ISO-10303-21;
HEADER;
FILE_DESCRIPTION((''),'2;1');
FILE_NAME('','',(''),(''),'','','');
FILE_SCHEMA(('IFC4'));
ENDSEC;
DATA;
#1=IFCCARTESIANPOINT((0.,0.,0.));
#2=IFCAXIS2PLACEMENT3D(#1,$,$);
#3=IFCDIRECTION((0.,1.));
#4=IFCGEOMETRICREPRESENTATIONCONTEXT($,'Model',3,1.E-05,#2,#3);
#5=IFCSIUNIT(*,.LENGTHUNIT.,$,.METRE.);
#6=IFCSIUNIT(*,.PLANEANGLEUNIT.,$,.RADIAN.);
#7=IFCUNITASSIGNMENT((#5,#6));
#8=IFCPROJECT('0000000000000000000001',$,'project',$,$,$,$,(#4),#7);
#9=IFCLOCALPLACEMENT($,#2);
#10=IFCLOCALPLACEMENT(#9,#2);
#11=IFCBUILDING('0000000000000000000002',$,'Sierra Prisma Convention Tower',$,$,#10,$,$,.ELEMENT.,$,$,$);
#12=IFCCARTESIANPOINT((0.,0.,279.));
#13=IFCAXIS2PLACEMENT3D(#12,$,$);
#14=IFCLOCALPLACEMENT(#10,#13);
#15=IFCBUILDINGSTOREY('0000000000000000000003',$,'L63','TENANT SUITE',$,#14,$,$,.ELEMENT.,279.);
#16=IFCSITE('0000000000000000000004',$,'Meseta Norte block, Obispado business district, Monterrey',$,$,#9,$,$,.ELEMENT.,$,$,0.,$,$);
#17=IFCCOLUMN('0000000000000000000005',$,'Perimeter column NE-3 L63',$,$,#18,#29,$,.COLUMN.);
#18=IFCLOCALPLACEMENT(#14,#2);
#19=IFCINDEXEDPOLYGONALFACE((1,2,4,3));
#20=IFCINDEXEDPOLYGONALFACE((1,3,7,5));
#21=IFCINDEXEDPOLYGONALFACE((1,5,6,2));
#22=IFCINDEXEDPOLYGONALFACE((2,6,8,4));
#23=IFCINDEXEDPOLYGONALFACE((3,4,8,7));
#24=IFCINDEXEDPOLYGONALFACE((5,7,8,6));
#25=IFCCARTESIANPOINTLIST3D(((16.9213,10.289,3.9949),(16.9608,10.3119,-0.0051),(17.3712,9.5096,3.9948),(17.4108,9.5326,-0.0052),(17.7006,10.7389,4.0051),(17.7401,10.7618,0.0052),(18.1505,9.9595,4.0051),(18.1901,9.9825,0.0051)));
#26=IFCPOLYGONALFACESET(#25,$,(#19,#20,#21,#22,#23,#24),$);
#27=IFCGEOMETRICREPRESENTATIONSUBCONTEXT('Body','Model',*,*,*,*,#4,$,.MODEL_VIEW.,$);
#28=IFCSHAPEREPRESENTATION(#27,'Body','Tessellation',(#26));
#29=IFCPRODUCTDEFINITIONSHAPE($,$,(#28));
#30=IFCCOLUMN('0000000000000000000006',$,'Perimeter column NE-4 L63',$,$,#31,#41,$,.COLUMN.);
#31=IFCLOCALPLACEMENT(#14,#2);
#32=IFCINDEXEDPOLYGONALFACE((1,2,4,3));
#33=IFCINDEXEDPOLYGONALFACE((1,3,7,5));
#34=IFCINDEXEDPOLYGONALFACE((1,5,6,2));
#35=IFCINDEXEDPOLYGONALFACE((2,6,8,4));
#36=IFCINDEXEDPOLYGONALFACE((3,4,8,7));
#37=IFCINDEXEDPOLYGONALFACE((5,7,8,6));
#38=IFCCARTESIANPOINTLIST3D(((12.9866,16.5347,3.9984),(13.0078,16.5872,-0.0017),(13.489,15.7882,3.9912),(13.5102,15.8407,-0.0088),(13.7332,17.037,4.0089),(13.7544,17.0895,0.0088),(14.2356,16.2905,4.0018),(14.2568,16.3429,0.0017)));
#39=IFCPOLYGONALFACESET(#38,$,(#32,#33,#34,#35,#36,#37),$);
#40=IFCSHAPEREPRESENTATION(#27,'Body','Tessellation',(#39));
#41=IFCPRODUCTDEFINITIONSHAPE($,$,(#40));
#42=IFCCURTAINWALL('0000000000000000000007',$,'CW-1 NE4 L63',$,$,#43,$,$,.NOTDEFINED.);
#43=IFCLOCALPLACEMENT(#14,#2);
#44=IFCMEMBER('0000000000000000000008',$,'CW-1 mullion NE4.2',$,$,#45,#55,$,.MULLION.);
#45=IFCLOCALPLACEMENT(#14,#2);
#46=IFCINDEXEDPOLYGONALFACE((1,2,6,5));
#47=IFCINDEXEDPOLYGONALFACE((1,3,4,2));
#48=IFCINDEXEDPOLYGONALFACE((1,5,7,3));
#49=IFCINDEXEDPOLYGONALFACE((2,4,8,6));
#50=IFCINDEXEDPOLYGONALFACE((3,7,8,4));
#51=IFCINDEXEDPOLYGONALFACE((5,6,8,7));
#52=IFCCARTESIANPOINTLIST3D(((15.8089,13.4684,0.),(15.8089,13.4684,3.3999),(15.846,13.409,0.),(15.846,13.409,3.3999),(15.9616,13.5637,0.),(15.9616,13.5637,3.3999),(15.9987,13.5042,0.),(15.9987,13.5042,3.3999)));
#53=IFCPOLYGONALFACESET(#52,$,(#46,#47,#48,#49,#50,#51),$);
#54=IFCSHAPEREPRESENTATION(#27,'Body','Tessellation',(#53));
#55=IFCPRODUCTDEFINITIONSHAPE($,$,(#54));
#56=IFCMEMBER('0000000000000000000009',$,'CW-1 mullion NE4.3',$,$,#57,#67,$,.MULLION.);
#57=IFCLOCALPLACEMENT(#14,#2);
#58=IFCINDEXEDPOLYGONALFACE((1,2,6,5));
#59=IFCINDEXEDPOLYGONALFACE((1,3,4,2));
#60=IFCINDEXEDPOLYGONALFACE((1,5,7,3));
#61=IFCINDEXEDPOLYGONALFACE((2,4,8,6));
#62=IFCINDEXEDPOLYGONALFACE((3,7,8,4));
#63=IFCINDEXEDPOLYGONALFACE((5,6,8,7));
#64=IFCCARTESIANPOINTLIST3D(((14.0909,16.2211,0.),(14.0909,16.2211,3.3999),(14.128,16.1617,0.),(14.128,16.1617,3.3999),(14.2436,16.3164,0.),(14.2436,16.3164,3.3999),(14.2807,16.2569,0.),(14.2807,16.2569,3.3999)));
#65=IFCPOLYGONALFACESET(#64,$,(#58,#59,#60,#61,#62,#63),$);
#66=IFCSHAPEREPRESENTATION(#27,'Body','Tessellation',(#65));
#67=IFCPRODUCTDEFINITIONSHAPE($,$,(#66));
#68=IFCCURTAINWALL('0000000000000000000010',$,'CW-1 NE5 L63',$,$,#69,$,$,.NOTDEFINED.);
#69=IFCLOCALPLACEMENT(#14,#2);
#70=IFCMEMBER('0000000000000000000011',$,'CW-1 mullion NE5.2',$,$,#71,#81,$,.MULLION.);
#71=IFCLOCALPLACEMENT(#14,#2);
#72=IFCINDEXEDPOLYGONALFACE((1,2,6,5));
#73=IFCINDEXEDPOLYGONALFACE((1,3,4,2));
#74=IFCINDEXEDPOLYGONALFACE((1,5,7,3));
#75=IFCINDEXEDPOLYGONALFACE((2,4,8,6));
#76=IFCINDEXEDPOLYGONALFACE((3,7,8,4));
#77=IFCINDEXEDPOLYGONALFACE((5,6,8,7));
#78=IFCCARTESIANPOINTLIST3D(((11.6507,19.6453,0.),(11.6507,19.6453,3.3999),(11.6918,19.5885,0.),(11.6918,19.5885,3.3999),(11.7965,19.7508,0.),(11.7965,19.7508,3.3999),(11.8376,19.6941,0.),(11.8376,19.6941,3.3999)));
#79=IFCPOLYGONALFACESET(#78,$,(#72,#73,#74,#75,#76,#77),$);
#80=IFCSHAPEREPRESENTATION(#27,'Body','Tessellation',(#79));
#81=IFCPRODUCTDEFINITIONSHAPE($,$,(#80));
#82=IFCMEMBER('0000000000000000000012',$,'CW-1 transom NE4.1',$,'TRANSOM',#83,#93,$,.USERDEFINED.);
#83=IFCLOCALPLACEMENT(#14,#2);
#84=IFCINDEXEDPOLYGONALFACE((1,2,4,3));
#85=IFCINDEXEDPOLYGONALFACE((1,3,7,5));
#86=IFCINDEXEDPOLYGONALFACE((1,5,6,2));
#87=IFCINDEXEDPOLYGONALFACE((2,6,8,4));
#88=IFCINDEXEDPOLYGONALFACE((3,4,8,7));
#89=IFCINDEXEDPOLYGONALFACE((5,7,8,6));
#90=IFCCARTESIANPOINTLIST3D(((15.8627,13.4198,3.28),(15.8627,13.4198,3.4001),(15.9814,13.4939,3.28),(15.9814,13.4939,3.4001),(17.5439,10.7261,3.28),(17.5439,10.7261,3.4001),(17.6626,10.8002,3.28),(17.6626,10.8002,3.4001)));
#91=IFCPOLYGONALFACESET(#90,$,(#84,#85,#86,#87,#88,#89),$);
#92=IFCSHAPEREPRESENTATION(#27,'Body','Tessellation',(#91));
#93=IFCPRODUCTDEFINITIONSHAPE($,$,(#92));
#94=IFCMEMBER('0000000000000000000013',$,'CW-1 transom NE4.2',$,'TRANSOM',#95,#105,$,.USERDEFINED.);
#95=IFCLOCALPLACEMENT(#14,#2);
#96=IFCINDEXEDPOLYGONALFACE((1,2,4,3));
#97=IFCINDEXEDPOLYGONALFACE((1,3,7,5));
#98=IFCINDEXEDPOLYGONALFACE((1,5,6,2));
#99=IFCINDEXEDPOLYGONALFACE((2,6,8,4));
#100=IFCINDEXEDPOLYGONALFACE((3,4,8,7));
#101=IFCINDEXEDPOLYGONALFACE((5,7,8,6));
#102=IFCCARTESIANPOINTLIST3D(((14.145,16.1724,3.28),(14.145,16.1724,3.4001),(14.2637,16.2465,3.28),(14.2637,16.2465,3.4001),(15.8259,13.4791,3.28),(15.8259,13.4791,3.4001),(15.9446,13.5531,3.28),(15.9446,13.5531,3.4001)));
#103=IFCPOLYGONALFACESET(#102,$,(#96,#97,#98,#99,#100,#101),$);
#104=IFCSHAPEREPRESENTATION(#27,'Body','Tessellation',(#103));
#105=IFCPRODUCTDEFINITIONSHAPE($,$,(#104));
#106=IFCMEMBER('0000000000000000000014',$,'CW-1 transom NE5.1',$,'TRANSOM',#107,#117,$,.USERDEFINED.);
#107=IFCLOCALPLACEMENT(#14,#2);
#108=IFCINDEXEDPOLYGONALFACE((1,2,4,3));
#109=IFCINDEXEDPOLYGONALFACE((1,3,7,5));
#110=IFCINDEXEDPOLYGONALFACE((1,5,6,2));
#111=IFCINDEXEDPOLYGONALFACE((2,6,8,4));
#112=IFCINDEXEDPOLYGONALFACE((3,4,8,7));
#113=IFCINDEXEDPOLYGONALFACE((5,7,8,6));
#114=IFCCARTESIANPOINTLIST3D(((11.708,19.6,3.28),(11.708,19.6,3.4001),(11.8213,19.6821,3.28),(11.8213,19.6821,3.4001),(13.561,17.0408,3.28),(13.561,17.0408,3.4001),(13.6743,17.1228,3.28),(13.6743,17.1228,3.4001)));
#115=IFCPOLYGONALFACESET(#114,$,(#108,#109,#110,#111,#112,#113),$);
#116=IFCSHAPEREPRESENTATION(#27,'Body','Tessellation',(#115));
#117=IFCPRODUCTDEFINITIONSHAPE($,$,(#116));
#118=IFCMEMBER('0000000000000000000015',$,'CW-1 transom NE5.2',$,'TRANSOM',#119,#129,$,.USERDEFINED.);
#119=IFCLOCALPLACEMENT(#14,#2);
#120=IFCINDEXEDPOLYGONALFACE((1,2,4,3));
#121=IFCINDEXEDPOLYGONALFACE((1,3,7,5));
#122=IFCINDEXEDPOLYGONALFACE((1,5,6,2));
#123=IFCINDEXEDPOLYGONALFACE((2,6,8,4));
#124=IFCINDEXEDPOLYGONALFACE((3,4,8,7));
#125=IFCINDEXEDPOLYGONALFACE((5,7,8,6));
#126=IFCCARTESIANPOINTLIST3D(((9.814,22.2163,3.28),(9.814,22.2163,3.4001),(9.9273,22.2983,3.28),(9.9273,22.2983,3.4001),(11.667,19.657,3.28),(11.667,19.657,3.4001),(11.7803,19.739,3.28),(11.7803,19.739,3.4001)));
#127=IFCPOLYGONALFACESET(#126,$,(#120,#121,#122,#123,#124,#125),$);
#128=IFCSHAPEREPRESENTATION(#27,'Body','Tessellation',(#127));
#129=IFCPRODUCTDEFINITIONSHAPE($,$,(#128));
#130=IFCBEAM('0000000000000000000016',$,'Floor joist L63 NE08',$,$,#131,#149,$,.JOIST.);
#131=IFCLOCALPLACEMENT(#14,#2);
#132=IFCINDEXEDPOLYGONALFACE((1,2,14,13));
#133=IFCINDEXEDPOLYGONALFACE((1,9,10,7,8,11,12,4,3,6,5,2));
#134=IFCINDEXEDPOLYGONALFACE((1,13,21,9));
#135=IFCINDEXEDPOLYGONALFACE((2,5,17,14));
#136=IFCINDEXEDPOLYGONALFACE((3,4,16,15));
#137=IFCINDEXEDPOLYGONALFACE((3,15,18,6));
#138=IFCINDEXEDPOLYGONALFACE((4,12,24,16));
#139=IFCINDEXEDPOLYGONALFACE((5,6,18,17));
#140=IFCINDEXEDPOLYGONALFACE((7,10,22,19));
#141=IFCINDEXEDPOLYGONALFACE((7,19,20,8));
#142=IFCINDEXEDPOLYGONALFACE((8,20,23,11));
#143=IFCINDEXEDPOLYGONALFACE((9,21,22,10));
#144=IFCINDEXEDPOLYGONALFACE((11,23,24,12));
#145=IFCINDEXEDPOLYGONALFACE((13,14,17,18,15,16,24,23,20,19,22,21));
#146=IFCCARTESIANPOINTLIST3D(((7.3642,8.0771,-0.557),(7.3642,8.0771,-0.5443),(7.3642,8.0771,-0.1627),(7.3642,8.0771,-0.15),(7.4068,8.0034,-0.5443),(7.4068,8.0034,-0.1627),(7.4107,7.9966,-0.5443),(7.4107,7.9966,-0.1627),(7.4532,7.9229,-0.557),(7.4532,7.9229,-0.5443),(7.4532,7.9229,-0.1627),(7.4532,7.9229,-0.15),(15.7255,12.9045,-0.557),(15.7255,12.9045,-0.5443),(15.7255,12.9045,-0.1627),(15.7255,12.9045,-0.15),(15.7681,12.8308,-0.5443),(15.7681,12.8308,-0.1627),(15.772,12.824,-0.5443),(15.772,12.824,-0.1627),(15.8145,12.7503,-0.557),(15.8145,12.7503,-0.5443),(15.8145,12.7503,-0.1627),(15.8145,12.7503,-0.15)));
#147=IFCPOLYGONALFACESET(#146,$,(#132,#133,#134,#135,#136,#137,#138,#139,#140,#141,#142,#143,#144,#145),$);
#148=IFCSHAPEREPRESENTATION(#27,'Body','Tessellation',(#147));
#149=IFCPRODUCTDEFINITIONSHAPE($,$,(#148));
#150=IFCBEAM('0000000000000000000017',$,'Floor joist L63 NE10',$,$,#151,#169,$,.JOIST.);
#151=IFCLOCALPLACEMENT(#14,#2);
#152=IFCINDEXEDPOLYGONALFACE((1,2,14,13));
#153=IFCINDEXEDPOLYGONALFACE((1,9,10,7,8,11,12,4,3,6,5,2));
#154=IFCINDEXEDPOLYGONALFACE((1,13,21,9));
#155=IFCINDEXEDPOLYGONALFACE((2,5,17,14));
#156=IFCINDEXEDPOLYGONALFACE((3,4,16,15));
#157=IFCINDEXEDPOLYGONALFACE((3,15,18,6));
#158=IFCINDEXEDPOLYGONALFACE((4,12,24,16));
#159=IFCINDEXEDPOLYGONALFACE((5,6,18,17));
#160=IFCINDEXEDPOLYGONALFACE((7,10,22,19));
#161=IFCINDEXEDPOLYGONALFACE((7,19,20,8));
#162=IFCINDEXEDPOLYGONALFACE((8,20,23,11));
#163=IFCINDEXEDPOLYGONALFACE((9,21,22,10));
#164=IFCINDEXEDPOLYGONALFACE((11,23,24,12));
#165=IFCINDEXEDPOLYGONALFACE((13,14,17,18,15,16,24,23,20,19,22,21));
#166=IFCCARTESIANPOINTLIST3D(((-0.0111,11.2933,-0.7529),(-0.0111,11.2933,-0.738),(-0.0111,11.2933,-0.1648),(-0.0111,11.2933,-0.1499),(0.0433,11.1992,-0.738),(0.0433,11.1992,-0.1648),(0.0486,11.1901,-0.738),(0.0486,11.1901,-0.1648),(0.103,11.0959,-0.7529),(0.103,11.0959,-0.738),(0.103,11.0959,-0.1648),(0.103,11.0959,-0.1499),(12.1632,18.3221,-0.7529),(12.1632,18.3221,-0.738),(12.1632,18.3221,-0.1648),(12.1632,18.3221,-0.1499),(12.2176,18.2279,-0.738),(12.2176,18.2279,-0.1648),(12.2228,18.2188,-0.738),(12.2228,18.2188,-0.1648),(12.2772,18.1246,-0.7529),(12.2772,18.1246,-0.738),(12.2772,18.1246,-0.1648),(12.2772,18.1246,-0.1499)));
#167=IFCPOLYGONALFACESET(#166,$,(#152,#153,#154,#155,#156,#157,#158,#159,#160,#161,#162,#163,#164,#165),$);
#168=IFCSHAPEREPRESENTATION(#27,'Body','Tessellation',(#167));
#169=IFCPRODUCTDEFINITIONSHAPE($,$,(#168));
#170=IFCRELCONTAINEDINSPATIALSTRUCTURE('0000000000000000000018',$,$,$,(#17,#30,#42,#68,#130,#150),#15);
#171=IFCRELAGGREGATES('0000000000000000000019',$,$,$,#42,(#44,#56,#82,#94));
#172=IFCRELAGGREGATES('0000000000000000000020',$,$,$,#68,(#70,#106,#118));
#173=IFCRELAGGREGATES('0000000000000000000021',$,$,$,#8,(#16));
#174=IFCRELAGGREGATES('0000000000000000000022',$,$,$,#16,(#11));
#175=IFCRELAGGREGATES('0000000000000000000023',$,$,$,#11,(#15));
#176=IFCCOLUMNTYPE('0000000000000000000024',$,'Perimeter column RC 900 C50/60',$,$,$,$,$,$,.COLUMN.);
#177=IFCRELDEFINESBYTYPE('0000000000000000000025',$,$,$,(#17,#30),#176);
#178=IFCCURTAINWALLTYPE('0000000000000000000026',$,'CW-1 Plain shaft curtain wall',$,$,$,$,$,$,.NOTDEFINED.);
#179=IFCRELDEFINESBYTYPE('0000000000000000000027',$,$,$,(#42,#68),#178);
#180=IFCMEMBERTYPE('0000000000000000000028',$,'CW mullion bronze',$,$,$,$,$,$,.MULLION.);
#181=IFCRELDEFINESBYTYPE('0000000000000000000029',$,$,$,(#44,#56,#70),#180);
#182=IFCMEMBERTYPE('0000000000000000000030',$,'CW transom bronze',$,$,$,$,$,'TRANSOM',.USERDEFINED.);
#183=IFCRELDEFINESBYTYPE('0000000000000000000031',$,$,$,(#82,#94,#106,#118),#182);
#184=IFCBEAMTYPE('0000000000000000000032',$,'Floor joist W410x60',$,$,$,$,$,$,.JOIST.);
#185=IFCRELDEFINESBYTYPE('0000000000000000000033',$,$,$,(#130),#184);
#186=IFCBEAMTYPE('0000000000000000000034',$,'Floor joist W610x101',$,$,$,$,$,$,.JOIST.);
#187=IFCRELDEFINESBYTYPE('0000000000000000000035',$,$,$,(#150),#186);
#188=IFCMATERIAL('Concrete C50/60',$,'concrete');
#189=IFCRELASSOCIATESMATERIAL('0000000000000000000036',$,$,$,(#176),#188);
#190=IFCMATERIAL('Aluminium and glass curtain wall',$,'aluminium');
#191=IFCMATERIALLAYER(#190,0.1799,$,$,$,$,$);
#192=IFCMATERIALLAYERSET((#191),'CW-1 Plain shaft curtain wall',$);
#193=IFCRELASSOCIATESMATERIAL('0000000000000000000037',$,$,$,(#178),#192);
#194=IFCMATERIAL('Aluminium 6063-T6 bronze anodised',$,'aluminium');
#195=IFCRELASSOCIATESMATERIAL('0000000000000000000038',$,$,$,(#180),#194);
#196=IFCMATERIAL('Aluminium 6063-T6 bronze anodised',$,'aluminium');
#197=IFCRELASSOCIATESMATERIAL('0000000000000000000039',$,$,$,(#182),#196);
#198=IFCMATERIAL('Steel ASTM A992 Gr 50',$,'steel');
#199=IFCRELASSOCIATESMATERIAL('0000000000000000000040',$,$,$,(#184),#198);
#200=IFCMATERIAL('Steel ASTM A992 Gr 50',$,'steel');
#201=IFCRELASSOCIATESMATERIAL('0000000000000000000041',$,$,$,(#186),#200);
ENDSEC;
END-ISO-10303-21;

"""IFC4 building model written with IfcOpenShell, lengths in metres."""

from ifc_helpers import new_model, si_unit, direction, frame, origin, origin_2d, place, context, subcontext, project, spatial, rectangle, i_section, extrude, material, layer, layer_set, material_profile, profile_set, type_object, element, aggregate, save


model = new_model("IFC4")

# Units and contexts
model_context = context("Model", 3, precision=1e-05, world=origin(), true_north=direction((0.0, 1.0)))
body_context = subcontext(model_context, "Body", "Model", "MODEL_VIEW")
ifc_project = project(units=[si_unit("LENGTHUNIT", "METRE"), si_unit("PLANEANGLEUNIT", "RADIAN")], contexts=[model_context])

# Site, building, storey
site_placement = place(None, origin())
site = spatial("IfcSite", under=ifc_project, at=site_placement, Name="Meseta Norte block, Obispado business district, Monterrey", CompositionType="ELEMENT", RefElevation=0.0)
building_placement = place(site_placement, origin())
building = spatial("IfcBuilding", under=site, at=building_placement, Name="Sierra Prisma Convention Tower", CompositionType="ELEMENT")
storey_placement = place(building_placement, frame((0.0, 0.0, 279.0)))
storey = spatial("IfcBuildingStorey", under=building, at=storey_placement, Name="L63", Description="TENANT SUITE", CompositionType="ELEMENT", Elevation=279.0)

# Columns
ifc_material_1 = material(Name="Concrete C50/60", Category="concrete")
ifc_material_profile_1 = material_profile(ifc_material_1, rectangle(XDim=0.8999, YDim=0.8999, at=origin_2d()), Name="Perimeter column RC 900 C50/60")
ifc_profile_set_1 = profile_set([ifc_material_profile_1], Name="Concrete C50/60")
column_type = type_object("IfcColumnType", Name="Perimeter column RC 900 C50/60", PredefinedType="COLUMN", material=ifc_profile_set_1)
column_1_placement = place(storey_placement, frame((17.5754, 10.1472, 0.0), z_axis=(-0.009887, -0.005737, 0.999935), x_axis=(-0.499976, 0.86604, 0.000025)))
element("IfcColumn", 1, at=column_1_placement, inside=storey, type_object=column_type, Name="Perimeter column NE-3 L63", PredefinedType="COLUMN", context=body_context, shape_type="SweptSolid", body=[
    extrude(rectangle(XDim=0.8999, YDim=0.8999, at=origin_2d()), origin(), (0.0, 0.0, 1.0), 4.0002),
])
column_2_placement = place(storey_placement, frame((13.6323, 16.4651, 0.0), z_axis=(-0.00531, -0.013121, 0.9999), x_axis=(-0.55826, 0.829628, 0.007922)))
element("IfcColumn", 2, at=column_2_placement, inside=storey, type_object=column_type, Name="Perimeter column NE-4 L63", PredefinedType="COLUMN", context=body_context, shape_type="SweptSolid", body=[
    extrude(rectangle(XDim=0.8999, YDim=0.8999, at=origin_2d()), origin(), (0.0, 0.0, 1.0), 4.0005),
])

# Curtain wall, members
ifc_material_2 = material(Name="Aluminium and glass curtain wall", Category="aluminium")
ifc_layer_1 = layer(ifc_material_2, 0.1799)
ifc_layer_set_1 = layer_set([ifc_layer_1], Name="CW-1 Plain shaft curtain wall")
curtain_wall_type = type_object("IfcCurtainWallType", Name="CW-1 Plain shaft curtain wall", PredefinedType="NOTDEFINED", material=ifc_layer_set_1)
curtain_wall_1_placement = place(storey_placement, origin())
curtain_wall_1 = element("IfcCurtainWall", 3, at=curtain_wall_1_placement, inside=storey, type_object=curtain_wall_type, Name="CW-1 NE4 L63", PredefinedType="NOTDEFINED")
ifc_material_3 = material(Name="Aluminium 6063-T6 bronze anodised", Category="aluminium")
ifc_material_profile_2 = material_profile(ifc_material_3, rectangle(XDim=0.1799, YDim=0.0701, at=origin_2d()), Name="ALU MULLION 70x180")
ifc_profile_set_2 = profile_set([ifc_material_profile_2], Name="Aluminium 6063-T6 bronze anodised")
member_type_1 = type_object("IfcMemberType", Name="CW mullion bronze", PredefinedType="MULLION", material=ifc_profile_set_2)
member_1_placement = place(storey_placement, frame((15.9038, 13.4863, 0.0), z_axis=(0.0, 0.0, 1.0), x_axis=(-0.848343, -0.529446, 0.0)))
member_1 = element("IfcMember", 4, at=member_1_placement, type_object=member_type_1, Name="CW-1 mullion NE4.2", PredefinedType="MULLION", context=body_context, shape_type="SweptSolid", body=[
    extrude(rectangle(XDim=0.1799, YDim=0.0701, at=origin_2d()), origin(), (0.0, 0.0, 1.0), 3.3999),
])
member_2_placement = place(storey_placement, frame((14.1858, 16.239, 0.0), z_axis=(0.0, 0.0, 1.0), x_axis=(-0.848343, -0.529446, 0.0)))
member_2 = element("IfcMember", 5, at=member_2_placement, type_object=member_type_1, Name="CW-1 mullion NE4.3", PredefinedType="MULLION", context=body_context, shape_type="SweptSolid", body=[
    extrude(rectangle(XDim=0.1799, YDim=0.0701, at=origin_2d()), origin(), (0.0, 0.0, 1.0), 3.3999),
])

# Curtain wall, member
curtain_wall_2_placement = place(storey_placement, origin())
curtain_wall_2 = element("IfcCurtainWall", 6, at=curtain_wall_2_placement, inside=storey, type_object=curtain_wall_type, Name="CW-1 NE5 L63", PredefinedType="NOTDEFINED")
member_3_placement = place(storey_placement, frame((11.7441, 19.6697, 0.0), z_axis=(0.0, 0.0, 1.0), x_axis=(-0.809999, -0.586431, 0.0)))
member_3 = element("IfcMember", 7, at=member_3_placement, type_object=member_type_1, Name="CW-1 mullion NE5.2", PredefinedType="MULLION", context=body_context, shape_type="SweptSolid", body=[
    extrude(rectangle(XDim=0.1799, YDim=0.0701, at=origin_2d()), origin(), (0.0, 0.0, 1.0), 3.3999),
])

# Members
ifc_material_4 = material(Name="Aluminium 6063-T6 bronze anodised", Category="aluminium")
ifc_material_profile_3 = material_profile(ifc_material_4, rectangle(XDim=0.1399, YDim=0.1201, at=origin_2d()), Name="ALU TRANSOM 120x140")
ifc_profile_set_3 = profile_set([ifc_material_profile_3], Name="Aluminium 6063-T6 bronze anodised")
member_type_2 = type_object("IfcMemberType", Name="CW transom bronze", ElementType="TRANSOM", PredefinedType="USERDEFINED", material=ifc_profile_set_3)
member_4_placement = place(storey_placement, frame((17.6033, 10.7632, 3.3401), z_axis=(-0.529467, 0.848331, 0.0), x_axis=(-0.848331, -0.529467, 0.0)))
member_4 = element("IfcMember", 8, at=member_4_placement, type_object=member_type_2, Name="CW-1 transom NE4.1", ObjectType="TRANSOM", PredefinedType="USERDEFINED", context=body_context, shape_type="SweptSolid", body=[
    extrude(rectangle(XDim=0.1399, YDim=0.1201, at=origin_2d()), origin(), (0.0, 0.0, 1.0), 3.1753),
])
member_5_placement = place(storey_placement, frame((15.8853, 13.5161, 3.3401), z_axis=(-0.529446, 0.848344, 0.0), x_axis=(-0.848344, -0.529446, 0.0)))
member_5 = element("IfcMember", 9, at=member_5_placement, type_object=member_type_2, Name="CW-1 transom NE4.2", ObjectType="TRANSOM", PredefinedType="USERDEFINED", context=body_context, shape_type="SweptSolid", body=[
    extrude(rectangle(XDim=0.1399, YDim=0.1201, at=origin_2d()), origin(), (0.0, 0.0, 1.0), 3.1748),
])
member_6_placement = place(storey_placement, frame((13.6177, 17.0818, 3.3401), z_axis=(-0.586452, 0.809984, 0.0), x_axis=(-0.809984, -0.586452, 0.0)))
member_6 = element("IfcMember", 10, at=member_6_placement, type_object=member_type_2, Name="CW-1 transom NE5.1", ObjectType="TRANSOM", PredefinedType="USERDEFINED", context=body_context, shape_type="SweptSolid", body=[
    extrude(rectangle(XDim=0.1399, YDim=0.1201, at=origin_2d()), origin(), (0.0, 0.0, 1.0), 3.1597),
])
member_7_placement = place(storey_placement, frame((11.7236, 19.698, 3.3401), z_axis=(-0.586452, 0.809984, 0.0), x_axis=(-0.809984, -0.586452, 0.0)))
member_7 = element("IfcMember", 11, at=member_7_placement, type_object=member_type_2, Name="CW-1 transom NE5.2", ObjectType="TRANSOM", PredefinedType="USERDEFINED", context=body_context, shape_type="SweptSolid", body=[
    extrude(rectangle(XDim=0.1399, YDim=0.1201, at=origin_2d()), origin(), (0.0, 0.0, 1.0), 3.1597),
])

# Beams
ifc_material_5 = material(Name="Steel ASTM A992 Gr 50", Category="steel")
ifc_material_profile_4 = material_profile(ifc_material_5, i_section(OverallWidth=0.178, OverallDepth=0.407, WebThickness=0.0078, FlangeThickness=0.0127, at=origin_2d()), Name="W410x60")
ifc_profile_set_4 = profile_set([ifc_material_profile_4], Name="Steel ASTM A992 Gr 50")
beam_type_1 = type_object("IfcBeamType", Name="Floor joist W410x60", PredefinedType="JOIST", material=ifc_profile_set_4)
beam_1_placement = place(storey_placement, frame((15.77, 12.8274, -0.3535), z_axis=(-0.866026, -0.499998, 0.0), x_axis=(0.499998, -0.866026, 0.0)))
element("IfcBeam", 12, at=beam_1_placement, inside=storey, type_object=beam_type_1, Name="Floor joist L63 NE08", PredefinedType="JOIST", context=body_context, shape_type="SweptSolid", body=[
    extrude(i_section(OverallWidth=0.178, OverallDepth=0.407, WebThickness=0.0078, FlangeThickness=0.0127, at=origin_2d()), origin(), (0.0, 0.0, 1.0), 9.6548),
])
ifc_material_6 = material(Name="Steel ASTM A992 Gr 50", Category="steel")
ifc_material_profile_5 = material_profile(ifc_material_6, i_section(OverallWidth=0.228, OverallDepth=0.603, WebThickness=0.0105, FlangeThickness=0.0149, at=origin_2d()), Name="W610x101")
ifc_profile_set_5 = profile_set([ifc_material_profile_5], Name="Steel ASTM A992 Gr 50")
beam_type_2 = type_object("IfcBeamType", Name="Floor joist W610x101", PredefinedType="JOIST", material=ifc_profile_set_5)
beam_2_placement = place(storey_placement, frame((12.2202, 18.2234, -0.4514), z_axis=(-0.866027, -0.499998, 0.0), x_axis=(0.499998, -0.866027, 0.0)))
element("IfcBeam", 13, at=beam_2_placement, inside=storey, type_object=beam_type_2, Name="Floor joist L63 NE10", PredefinedType="JOIST", context=body_context, shape_type="SweptSolid", body=[
    extrude(i_section(OverallWidth=0.228, OverallDepth=0.603, WebThickness=0.0105, FlangeThickness=0.0149, at=origin_2d()), origin(), (0.0, 0.0, 1.0), 14.0576),
])

aggregate(curtain_wall_1, [member_1, member_2, member_4, member_5])
aggregate(curtain_wall_2, [member_3, member_6, member_7])

save(model, "model.ifc")
